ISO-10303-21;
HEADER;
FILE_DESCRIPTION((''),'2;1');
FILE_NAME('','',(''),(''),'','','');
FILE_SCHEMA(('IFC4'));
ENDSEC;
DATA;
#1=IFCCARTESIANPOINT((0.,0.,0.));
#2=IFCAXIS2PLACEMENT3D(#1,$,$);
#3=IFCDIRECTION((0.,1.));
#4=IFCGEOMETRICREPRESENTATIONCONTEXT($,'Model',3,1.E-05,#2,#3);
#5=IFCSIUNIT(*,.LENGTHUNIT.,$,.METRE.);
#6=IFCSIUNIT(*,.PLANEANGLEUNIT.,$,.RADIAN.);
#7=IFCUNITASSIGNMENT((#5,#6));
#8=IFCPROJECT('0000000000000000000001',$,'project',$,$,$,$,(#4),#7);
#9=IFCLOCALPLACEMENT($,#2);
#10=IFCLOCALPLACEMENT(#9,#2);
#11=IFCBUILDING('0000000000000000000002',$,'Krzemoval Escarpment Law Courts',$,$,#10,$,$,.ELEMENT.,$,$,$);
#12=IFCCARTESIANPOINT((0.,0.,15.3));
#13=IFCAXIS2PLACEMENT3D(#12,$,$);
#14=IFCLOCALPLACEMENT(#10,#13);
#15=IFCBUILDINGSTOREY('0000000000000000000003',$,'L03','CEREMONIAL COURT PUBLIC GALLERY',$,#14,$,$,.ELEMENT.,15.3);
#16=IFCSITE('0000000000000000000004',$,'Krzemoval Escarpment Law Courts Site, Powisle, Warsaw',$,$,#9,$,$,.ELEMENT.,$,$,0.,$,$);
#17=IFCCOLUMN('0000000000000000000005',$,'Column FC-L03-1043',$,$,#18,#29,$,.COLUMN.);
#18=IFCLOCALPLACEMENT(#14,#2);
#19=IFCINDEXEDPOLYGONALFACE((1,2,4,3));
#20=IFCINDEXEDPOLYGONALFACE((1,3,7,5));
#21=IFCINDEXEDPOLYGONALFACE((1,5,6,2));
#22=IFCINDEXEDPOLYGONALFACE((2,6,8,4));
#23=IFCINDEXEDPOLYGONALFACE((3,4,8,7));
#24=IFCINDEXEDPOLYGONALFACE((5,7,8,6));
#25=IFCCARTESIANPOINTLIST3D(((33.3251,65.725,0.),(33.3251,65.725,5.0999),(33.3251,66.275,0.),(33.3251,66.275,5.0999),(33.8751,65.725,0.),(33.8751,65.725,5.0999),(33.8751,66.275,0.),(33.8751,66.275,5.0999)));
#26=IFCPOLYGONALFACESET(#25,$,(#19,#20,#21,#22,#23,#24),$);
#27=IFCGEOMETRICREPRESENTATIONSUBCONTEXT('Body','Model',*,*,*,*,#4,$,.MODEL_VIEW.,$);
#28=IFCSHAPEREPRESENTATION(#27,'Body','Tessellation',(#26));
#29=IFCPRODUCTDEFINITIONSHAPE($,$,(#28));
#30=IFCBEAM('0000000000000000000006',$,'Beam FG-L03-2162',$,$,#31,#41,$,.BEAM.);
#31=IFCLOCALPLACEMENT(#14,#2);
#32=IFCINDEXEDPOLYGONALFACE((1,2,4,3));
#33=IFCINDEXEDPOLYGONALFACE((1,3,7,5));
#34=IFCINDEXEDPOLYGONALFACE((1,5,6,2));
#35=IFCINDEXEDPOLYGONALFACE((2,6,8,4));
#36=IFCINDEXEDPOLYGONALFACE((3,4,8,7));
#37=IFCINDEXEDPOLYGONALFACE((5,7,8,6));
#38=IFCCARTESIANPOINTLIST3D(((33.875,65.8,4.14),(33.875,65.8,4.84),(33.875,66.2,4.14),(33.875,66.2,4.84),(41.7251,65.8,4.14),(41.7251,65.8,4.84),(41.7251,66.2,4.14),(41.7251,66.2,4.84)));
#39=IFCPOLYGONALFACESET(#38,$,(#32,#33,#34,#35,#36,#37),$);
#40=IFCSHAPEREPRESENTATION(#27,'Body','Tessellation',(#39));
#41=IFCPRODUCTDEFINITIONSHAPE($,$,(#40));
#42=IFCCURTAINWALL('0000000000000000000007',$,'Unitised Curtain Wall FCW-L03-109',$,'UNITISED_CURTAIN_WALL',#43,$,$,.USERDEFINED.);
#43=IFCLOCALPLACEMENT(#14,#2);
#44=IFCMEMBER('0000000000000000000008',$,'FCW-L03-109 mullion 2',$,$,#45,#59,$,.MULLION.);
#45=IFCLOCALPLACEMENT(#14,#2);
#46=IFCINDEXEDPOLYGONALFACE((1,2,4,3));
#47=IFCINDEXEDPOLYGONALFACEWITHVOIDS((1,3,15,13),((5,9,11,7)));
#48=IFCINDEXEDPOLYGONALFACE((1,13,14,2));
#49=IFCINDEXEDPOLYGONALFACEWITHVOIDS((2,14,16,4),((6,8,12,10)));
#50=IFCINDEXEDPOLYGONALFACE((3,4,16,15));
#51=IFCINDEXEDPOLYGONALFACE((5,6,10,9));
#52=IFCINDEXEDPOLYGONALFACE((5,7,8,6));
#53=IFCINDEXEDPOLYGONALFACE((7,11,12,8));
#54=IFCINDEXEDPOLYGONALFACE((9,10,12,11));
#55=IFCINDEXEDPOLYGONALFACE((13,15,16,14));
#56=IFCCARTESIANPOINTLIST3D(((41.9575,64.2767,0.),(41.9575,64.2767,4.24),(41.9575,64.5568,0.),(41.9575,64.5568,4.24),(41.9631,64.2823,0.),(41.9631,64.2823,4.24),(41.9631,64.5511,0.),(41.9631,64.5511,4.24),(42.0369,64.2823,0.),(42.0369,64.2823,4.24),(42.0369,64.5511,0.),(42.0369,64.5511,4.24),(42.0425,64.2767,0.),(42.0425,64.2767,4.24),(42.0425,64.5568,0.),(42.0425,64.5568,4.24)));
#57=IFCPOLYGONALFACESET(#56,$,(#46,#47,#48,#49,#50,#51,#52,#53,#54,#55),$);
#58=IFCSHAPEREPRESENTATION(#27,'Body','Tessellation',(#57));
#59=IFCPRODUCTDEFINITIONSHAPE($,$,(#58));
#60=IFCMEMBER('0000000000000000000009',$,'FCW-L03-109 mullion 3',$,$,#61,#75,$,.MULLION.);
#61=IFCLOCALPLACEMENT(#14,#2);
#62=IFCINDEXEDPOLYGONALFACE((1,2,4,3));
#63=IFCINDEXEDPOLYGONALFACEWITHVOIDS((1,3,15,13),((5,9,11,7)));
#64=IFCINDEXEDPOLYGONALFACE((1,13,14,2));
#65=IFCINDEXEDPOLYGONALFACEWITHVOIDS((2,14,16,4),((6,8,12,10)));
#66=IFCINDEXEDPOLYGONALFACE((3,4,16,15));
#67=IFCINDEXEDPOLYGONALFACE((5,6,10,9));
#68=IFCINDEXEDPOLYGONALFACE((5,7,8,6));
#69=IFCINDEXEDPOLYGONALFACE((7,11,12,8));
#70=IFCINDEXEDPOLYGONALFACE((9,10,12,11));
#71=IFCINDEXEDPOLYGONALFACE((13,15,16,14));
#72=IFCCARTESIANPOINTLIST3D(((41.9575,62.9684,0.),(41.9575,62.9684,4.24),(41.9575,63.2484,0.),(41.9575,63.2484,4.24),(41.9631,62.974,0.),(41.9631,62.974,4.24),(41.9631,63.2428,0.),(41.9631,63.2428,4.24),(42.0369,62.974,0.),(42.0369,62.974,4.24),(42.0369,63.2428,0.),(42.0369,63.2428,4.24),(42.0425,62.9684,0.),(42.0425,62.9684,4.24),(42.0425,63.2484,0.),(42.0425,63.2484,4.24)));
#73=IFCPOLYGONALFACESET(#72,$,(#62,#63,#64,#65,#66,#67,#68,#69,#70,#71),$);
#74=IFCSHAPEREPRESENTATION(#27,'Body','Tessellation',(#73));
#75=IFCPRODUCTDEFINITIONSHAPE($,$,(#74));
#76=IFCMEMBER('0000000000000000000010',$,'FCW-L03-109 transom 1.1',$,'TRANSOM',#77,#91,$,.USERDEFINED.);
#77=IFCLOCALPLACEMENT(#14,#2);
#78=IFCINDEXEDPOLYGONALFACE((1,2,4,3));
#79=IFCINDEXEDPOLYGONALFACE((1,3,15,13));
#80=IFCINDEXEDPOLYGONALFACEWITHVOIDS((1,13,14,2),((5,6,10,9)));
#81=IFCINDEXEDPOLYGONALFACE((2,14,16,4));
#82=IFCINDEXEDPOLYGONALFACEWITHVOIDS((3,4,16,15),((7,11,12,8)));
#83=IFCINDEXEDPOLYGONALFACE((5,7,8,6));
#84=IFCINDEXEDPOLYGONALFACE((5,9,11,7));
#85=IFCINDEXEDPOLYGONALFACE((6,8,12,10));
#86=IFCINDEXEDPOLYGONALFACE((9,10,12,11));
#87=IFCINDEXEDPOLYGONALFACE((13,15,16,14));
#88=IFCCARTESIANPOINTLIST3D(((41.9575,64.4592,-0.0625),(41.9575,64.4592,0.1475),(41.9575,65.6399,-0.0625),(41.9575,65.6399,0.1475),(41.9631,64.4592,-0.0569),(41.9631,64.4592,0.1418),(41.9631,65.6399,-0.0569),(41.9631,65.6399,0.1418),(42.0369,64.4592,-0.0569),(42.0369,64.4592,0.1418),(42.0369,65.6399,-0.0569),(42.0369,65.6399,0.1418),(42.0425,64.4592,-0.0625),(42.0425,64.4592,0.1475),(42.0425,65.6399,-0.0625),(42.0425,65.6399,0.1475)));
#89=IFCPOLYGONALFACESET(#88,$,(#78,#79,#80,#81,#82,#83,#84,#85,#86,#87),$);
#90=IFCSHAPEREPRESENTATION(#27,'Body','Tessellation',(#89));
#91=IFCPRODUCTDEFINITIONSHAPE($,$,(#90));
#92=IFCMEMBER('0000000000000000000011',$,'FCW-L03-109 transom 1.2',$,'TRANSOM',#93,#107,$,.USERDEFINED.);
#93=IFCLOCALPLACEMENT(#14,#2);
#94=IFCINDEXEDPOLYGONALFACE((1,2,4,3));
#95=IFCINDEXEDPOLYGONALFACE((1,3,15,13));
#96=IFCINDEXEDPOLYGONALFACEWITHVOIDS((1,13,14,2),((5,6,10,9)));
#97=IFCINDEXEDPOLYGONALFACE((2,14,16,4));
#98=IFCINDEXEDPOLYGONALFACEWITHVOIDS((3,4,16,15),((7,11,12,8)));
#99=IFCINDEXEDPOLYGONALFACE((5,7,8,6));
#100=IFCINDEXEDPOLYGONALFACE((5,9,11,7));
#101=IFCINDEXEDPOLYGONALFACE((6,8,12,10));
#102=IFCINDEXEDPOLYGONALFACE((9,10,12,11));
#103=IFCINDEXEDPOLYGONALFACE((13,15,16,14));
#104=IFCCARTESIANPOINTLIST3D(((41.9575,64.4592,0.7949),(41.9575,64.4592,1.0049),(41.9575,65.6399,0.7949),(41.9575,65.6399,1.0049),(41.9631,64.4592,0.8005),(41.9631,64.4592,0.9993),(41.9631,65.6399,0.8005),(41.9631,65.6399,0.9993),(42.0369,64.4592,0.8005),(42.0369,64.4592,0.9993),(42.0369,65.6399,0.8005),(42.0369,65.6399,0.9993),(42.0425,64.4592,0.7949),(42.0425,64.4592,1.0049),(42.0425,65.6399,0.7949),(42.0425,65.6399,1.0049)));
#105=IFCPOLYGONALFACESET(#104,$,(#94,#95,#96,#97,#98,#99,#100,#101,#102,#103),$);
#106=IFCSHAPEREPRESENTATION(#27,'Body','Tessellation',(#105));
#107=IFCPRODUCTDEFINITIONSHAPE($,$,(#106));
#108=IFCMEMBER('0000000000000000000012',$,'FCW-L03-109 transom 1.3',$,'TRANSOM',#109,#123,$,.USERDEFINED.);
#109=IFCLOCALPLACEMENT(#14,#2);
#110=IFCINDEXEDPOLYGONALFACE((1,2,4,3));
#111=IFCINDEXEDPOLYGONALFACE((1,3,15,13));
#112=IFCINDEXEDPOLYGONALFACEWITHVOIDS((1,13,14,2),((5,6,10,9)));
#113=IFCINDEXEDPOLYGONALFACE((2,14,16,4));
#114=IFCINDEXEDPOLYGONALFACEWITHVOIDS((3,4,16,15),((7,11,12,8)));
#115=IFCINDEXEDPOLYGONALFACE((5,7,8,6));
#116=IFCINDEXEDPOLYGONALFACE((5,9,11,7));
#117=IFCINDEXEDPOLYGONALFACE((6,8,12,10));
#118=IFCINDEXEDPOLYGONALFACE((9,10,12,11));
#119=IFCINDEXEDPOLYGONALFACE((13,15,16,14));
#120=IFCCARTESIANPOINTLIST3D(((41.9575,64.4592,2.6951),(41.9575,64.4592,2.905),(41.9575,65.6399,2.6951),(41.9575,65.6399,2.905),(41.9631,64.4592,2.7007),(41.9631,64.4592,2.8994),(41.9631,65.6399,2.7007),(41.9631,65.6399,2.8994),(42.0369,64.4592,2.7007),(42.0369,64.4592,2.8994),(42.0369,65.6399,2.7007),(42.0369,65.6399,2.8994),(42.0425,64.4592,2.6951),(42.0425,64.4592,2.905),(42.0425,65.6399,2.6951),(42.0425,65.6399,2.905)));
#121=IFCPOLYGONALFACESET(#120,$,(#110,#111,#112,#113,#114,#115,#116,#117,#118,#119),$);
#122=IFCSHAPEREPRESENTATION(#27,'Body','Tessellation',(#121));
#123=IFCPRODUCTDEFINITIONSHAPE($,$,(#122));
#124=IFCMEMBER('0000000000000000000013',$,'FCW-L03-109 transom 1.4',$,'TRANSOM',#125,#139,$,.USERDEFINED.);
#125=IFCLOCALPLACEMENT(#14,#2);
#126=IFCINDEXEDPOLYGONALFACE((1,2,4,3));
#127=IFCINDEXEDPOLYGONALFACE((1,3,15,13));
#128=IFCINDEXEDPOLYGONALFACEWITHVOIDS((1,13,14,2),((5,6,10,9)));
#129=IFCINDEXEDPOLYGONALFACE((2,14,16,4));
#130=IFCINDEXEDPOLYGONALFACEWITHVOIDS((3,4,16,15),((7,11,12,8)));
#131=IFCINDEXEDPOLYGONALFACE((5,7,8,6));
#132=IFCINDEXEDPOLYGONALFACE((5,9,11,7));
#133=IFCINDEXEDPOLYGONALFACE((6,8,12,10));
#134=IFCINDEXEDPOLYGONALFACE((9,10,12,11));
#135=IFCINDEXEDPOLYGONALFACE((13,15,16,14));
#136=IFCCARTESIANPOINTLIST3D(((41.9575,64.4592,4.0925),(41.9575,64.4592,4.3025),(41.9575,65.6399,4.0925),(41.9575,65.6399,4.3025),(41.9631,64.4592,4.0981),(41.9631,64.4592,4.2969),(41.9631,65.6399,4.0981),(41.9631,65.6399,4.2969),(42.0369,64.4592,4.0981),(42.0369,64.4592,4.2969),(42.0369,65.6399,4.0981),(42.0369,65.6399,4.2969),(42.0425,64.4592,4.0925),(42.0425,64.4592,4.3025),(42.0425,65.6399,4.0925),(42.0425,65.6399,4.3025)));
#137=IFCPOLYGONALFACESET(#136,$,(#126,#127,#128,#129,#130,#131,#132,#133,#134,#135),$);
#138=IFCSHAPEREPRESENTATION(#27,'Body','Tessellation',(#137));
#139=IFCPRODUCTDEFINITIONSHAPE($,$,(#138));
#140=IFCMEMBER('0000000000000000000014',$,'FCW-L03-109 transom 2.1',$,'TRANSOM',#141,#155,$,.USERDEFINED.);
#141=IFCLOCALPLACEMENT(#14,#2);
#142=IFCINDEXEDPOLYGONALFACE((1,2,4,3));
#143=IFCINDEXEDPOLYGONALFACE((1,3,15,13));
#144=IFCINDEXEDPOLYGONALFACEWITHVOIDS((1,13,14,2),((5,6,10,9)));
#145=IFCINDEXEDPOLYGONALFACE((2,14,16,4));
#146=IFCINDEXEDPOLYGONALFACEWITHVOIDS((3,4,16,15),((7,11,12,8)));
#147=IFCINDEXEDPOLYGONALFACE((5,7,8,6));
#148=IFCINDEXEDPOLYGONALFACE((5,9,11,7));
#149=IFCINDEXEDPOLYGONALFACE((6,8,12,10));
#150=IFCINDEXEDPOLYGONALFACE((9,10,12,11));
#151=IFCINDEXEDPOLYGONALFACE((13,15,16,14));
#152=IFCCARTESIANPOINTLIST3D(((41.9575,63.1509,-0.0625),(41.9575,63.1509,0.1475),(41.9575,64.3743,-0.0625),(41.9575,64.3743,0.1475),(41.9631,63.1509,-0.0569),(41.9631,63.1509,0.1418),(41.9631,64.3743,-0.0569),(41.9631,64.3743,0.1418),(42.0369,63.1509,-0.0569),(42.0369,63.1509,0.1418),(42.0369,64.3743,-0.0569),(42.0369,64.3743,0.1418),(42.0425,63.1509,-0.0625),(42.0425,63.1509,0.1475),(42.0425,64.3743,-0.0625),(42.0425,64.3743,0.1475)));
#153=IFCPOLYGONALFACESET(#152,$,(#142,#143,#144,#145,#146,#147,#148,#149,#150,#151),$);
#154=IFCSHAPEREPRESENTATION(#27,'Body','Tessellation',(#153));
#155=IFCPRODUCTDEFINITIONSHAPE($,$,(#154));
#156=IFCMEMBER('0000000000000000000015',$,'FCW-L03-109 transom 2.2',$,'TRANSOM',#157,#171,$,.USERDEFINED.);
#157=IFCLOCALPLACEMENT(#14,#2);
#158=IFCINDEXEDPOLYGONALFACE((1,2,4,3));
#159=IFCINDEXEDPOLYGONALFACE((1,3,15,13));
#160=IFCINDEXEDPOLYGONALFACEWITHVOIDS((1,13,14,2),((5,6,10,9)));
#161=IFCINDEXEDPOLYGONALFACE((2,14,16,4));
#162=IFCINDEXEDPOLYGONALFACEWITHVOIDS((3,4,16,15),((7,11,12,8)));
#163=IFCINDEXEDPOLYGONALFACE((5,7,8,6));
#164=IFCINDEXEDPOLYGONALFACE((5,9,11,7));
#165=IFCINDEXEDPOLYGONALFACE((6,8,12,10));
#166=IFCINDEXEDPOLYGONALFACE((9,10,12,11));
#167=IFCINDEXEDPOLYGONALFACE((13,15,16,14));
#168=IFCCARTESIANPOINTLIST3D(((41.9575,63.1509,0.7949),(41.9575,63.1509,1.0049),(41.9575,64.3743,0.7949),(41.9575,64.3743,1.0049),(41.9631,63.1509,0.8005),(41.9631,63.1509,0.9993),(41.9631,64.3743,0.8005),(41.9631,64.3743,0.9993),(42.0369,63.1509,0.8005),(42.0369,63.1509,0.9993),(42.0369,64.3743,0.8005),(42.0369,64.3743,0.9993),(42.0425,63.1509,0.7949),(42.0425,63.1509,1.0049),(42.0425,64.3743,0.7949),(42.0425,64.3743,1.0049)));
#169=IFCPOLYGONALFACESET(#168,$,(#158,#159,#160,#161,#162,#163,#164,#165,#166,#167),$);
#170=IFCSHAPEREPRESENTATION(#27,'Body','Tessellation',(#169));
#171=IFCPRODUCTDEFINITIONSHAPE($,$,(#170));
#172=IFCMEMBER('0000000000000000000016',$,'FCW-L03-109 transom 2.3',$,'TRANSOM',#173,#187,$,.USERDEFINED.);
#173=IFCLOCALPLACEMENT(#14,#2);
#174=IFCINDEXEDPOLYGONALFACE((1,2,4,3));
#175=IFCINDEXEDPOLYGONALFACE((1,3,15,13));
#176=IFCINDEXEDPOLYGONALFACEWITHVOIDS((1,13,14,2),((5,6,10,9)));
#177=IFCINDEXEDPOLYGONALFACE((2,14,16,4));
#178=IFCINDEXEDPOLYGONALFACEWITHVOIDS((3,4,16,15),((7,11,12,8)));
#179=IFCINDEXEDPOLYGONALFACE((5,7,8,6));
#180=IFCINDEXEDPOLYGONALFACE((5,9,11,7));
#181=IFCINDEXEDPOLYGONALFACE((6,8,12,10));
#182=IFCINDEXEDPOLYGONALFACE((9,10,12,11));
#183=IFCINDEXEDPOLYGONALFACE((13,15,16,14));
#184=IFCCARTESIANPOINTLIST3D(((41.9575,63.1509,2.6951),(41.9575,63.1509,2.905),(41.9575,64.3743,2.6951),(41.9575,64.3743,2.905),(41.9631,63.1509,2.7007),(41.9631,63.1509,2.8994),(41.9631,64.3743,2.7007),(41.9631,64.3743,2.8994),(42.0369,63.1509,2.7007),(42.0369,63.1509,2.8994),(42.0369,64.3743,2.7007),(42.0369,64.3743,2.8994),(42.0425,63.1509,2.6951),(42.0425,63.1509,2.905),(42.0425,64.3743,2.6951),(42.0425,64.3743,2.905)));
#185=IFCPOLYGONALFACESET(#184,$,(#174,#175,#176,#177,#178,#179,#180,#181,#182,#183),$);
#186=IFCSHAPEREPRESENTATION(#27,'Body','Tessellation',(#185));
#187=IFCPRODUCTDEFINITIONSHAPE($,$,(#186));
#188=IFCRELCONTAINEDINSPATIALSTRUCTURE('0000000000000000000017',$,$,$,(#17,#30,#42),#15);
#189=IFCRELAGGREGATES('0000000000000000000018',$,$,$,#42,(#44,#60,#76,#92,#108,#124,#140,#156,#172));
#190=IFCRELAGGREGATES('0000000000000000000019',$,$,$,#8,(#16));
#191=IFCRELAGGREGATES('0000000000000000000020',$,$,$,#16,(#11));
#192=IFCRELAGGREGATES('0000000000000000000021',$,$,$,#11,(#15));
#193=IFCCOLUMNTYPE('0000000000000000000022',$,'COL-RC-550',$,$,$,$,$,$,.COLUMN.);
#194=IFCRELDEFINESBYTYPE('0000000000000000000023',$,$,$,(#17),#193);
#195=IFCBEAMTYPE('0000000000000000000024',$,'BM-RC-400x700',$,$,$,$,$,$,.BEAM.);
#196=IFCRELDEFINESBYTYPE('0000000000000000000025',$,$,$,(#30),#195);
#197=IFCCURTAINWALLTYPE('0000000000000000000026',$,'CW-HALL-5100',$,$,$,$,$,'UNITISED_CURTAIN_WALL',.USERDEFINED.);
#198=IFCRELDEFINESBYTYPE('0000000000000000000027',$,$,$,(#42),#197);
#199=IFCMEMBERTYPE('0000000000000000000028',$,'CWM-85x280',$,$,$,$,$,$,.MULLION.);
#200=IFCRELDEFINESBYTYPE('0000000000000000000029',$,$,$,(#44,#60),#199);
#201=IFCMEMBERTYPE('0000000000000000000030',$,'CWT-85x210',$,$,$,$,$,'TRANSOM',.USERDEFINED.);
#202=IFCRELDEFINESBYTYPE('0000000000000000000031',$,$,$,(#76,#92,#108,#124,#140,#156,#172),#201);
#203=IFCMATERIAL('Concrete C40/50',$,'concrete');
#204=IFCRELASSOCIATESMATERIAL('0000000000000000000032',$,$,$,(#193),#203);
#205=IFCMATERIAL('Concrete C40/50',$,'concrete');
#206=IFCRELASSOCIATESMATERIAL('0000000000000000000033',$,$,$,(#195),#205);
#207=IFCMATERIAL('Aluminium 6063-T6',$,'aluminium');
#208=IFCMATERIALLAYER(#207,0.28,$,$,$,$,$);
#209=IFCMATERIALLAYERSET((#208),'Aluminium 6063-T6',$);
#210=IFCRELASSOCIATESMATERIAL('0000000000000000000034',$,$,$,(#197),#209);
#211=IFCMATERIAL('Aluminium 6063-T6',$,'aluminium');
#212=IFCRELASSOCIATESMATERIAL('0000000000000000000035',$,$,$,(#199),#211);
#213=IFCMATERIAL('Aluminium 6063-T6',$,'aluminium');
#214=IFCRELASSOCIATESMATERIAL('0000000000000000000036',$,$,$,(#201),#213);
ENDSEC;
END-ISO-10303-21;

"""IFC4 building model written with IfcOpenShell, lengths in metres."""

from ifc_helpers import new_model, si_unit, direction, frame, origin, origin_2d, place, context, subcontext, project, spatial, rectangle, hollow_rectangle, extrude, material, layer, layer_set, material_profile, profile_set, type_object, element, aggregate, save


model = new_model("IFC4")

# Units and contexts
model_context = context("Model", 3, precision=1e-05, world=origin(), true_north=direction((0.0, 1.0)))
body_context = subcontext(model_context, "Body", "Model", "MODEL_VIEW")
ifc_project = project(units=[si_unit("LENGTHUNIT", "METRE"), si_unit("PLANEANGLEUNIT", "RADIAN")], contexts=[model_context])

# Site, building, storey
site_placement = place(None, origin())
site = spatial("IfcSite", under=ifc_project, at=site_placement, Name="Krzemoval Escarpment Law Courts Site, Powisle, Warsaw", CompositionType="ELEMENT", RefElevation=0.0)
building_placement = place(site_placement, origin())
building = spatial("IfcBuilding", under=site, at=building_placement, Name="Krzemoval Escarpment Law Courts", CompositionType="ELEMENT")
storey_placement = place(building_placement, frame((0.0, 0.0, 15.3)))
storey = spatial("IfcBuildingStorey", under=building, at=storey_placement, Name="L03", Description="CEREMONIAL COURT PUBLIC GALLERY", CompositionType="ELEMENT", Elevation=15.3)

# Column
ifc_material_1 = material(Name="Concrete C40/50", Category="concrete")
ifc_material_profile_1 = material_profile(ifc_material_1, rectangle(XDim=0.55, YDim=0.55, at=origin_2d()), Name="RC 550x550")
ifc_profile_set_1 = profile_set([ifc_material_profile_1], Name="Concrete C40/50")
column_type = type_object("IfcColumnType", Name="COL-RC-550", PredefinedType="COLUMN", material=ifc_profile_set_1)
column_placement = place(storey_placement, frame((33.6001, 66.0, 0.0), z_axis=(0.0, 0.0, 1.0), x_axis=(1.0, 0.0, 0.0)))
element("IfcColumn", 1, at=column_placement, inside=storey, type_object=column_type, Name="Column FC-L03-1043", PredefinedType="COLUMN", context=body_context, shape_type="SweptSolid", body=[
    extrude(rectangle(XDim=0.55, YDim=0.55, at=origin_2d()), origin(), (0.0, 0.0, 1.0), 5.0999),
])

# Beam
ifc_material_2 = material(Name="Concrete C40/50", Category="concrete")
ifc_material_profile_2 = material_profile(ifc_material_2, rectangle(XDim=0.3999, YDim=0.7, at=origin_2d()), Name="RCB 400x700")
ifc_profile_set_2 = profile_set([ifc_material_profile_2], Name="Concrete C40/50")
beam_type = type_object("IfcBeamType", Name="BM-RC-400x700", PredefinedType="BEAM", material=ifc_profile_set_2)
beam_placement = place(storey_placement, frame((33.875, 66.0, 4.49), z_axis=(1.0, 0.0, 0.0), x_axis=(0.0, 1.0, 0.0)))
element("IfcBeam", 2, at=beam_placement, inside=storey, type_object=beam_type, Name="Beam FG-L03-2162", PredefinedType="BEAM", context=body_context, shape_type="SweptSolid", body=[
    extrude(rectangle(XDim=0.3999, YDim=0.7, at=origin_2d()), origin(), (0.0, 0.0, 1.0), 7.8501),
])

# Curtain wall, members
ifc_material_3 = material(Name="Aluminium 6063-T6", Category="aluminium")
ifc_layer_1 = layer(ifc_material_3, 0.28)
ifc_layer_set_1 = layer_set([ifc_layer_1], Name="Aluminium 6063-T6")
curtain_wall_type = type_object("IfcCurtainWallType", Name="CW-HALL-5100", ElementType="UNITISED_CURTAIN_WALL", PredefinedType="USERDEFINED", material=ifc_layer_set_1)
curtain_wall_placement = place(storey_placement, origin())
curtain_wall = element("IfcCurtainWall", 3, at=curtain_wall_placement, inside=storey, type_object=curtain_wall_type, Name="Unitised Curtain Wall FCW-L03-109", ObjectType="UNITISED_CURTAIN_WALL", PredefinedType="USERDEFINED")
ifc_material_4 = material(Name="Aluminium 6063-T6", Category="aluminium")
ifc_material_profile_3 = material_profile(ifc_material_4, hollow_rectangle(XDim=0.085, YDim=0.28, WallThickness=0.0056, at=origin_2d()), Name="ALU M85x280")
ifc_profile_set_3 = profile_set([ifc_material_profile_3], Name="Aluminium 6063-T6")
member_type_1 = type_object("IfcMemberType", Name="CWM-85x280", PredefinedType="MULLION", material=ifc_profile_set_3)
member_1_placement = place(storey_placement, frame((42.0, 64.4167, 0.0), z_axis=(0.0, 0.0, 1.0), x_axis=(1.0, 0.0, 0.0)))
member_1 = element("IfcMember", 4, at=member_1_placement, type_object=member_type_1, Name="FCW-L03-109 mullion 2", PredefinedType="MULLION", context=body_context, shape_type="SweptSolid", body=[
    extrude(hollow_rectangle(XDim=0.085, YDim=0.28, WallThickness=0.0056, at=origin_2d()), origin(), (0.0, 0.0, 1.0), 4.24),
])
member_2_placement = place(storey_placement, frame((42.0, 63.1084, 0.0), z_axis=(0.0, 0.0, 1.0), x_axis=(1.0, 0.0, 0.0)))
member_2 = element("IfcMember", 5, at=member_2_placement, type_object=member_type_1, Name="FCW-L03-109 mullion 3", PredefinedType="MULLION", context=body_context, shape_type="SweptSolid", body=[
    extrude(hollow_rectangle(XDim=0.085, YDim=0.28, WallThickness=0.0056, at=origin_2d()), origin(), (0.0, 0.0, 1.0), 4.24),
])
ifc_material_5 = material(Name="Aluminium 6063-T6", Category="aluminium")
ifc_material_profile_4 = material_profile(ifc_material_5, hollow_rectangle(XDim=0.085, YDim=0.21, WallThickness=0.0056, at=origin_2d()), Name="ALU T85x210")
ifc_profile_set_4 = profile_set([ifc_material_profile_4], Name="Aluminium 6063-T6")
member_type_2 = type_object("IfcMemberType", Name="CWT-85x210", ElementType="TRANSOM", PredefinedType="USERDEFINED", material=ifc_profile_set_4)
member_3_placement = place(storey_placement, frame((42.0, 65.6399, 0.0425), z_axis=(0.0, -1.0, 0.0), x_axis=(1.0, 0.0, 0.0)))
member_3 = element("IfcMember", 6, at=member_3_placement, type_object=member_type_2, Name="FCW-L03-109 transom 1.1", ObjectType="TRANSOM", PredefinedType="USERDEFINED", context=body_context, shape_type="SweptSolid", body=[
    extrude(hollow_rectangle(XDim=0.085, YDim=0.21, WallThickness=0.0056, at=origin_2d()), origin(), (0.0, 0.0, 1.0), 1.1807),
])
member_4_placement = place(storey_placement, frame((42.0, 65.6399, 0.8999), z_axis=(0.0, -1.0, 0.0), x_axis=(1.0, 0.0, 0.0)))
member_4 = element("IfcMember", 7, at=member_4_placement, type_object=member_type_2, Name="FCW-L03-109 transom 1.2", ObjectType="TRANSOM", PredefinedType="USERDEFINED", context=body_context, shape_type="SweptSolid", body=[
    extrude(hollow_rectangle(XDim=0.085, YDim=0.21, WallThickness=0.0056, at=origin_2d()), origin(), (0.0, 0.0, 1.0), 1.1807),
])
member_5_placement = place(storey_placement, frame((42.0, 65.6399, 2.8), z_axis=(0.0, -1.0, 0.0), x_axis=(1.0, 0.0, 0.0)))
member_5 = element("IfcMember", 8, at=member_5_placement, type_object=member_type_2, Name="FCW-L03-109 transom 1.3", ObjectType="TRANSOM", PredefinedType="USERDEFINED", context=body_context, shape_type="SweptSolid", body=[
    extrude(hollow_rectangle(XDim=0.085, YDim=0.21, WallThickness=0.0056, at=origin_2d()), origin(), (0.0, 0.0, 1.0), 1.1807),
])
member_6_placement = place(storey_placement, frame((42.0, 65.6399, 4.1975), z_axis=(0.0, -1.0, 0.0), x_axis=(1.0, 0.0, 0.0)))
member_6 = element("IfcMember", 9, at=member_6_placement, type_object=member_type_2, Name="FCW-L03-109 transom 1.4", ObjectType="TRANSOM", PredefinedType="USERDEFINED", context=body_context, shape_type="SweptSolid", body=[
    extrude(hollow_rectangle(XDim=0.085, YDim=0.21, WallThickness=0.0056, at=origin_2d()), origin(), (0.0, 0.0, 1.0), 1.1807),
])
member_7_placement = place(storey_placement, frame((42.0, 64.3743, 0.0425), z_axis=(0.0, -1.0, 0.0), x_axis=(1.0, 0.0, 0.0)))
member_7 = element("IfcMember", 10, at=member_7_placement, type_object=member_type_2, Name="FCW-L03-109 transom 2.1", ObjectType="TRANSOM", PredefinedType="USERDEFINED", context=body_context, shape_type="SweptSolid", body=[
    extrude(hollow_rectangle(XDim=0.085, YDim=0.21, WallThickness=0.0056, at=origin_2d()), origin(), (0.0, 0.0, 1.0), 1.2234),
])
member_8_placement = place(storey_placement, frame((42.0, 64.3743, 0.8999), z_axis=(0.0, -1.0, 0.0), x_axis=(1.0, 0.0, 0.0)))
member_8 = element("IfcMember", 11, at=member_8_placement, type_object=member_type_2, Name="FCW-L03-109 transom 2.2", ObjectType="TRANSOM", PredefinedType="USERDEFINED", context=body_context, shape_type="SweptSolid", body=[
    extrude(hollow_rectangle(XDim=0.085, YDim=0.21, WallThickness=0.0056, at=origin_2d()), origin(), (0.0, 0.0, 1.0), 1.2234),
])
member_9_placement = place(storey_placement, frame((42.0, 64.3743, 2.8), z_axis=(0.0, -1.0, 0.0), x_axis=(1.0, 0.0, 0.0)))
member_9 = element("IfcMember", 12, at=member_9_placement, type_object=member_type_2, Name="FCW-L03-109 transom 2.3", ObjectType="TRANSOM", PredefinedType="USERDEFINED", context=body_context, shape_type="SweptSolid", body=[
    extrude(hollow_rectangle(XDim=0.085, YDim=0.21, WallThickness=0.0056, at=origin_2d()), origin(), (0.0, 0.0, 1.0), 1.2234),
])
aggregate(curtain_wall, [member_1, member_2, member_3, member_4, member_5, member_6, member_7, member_8, member_9])

save(model, "model.ifc")
